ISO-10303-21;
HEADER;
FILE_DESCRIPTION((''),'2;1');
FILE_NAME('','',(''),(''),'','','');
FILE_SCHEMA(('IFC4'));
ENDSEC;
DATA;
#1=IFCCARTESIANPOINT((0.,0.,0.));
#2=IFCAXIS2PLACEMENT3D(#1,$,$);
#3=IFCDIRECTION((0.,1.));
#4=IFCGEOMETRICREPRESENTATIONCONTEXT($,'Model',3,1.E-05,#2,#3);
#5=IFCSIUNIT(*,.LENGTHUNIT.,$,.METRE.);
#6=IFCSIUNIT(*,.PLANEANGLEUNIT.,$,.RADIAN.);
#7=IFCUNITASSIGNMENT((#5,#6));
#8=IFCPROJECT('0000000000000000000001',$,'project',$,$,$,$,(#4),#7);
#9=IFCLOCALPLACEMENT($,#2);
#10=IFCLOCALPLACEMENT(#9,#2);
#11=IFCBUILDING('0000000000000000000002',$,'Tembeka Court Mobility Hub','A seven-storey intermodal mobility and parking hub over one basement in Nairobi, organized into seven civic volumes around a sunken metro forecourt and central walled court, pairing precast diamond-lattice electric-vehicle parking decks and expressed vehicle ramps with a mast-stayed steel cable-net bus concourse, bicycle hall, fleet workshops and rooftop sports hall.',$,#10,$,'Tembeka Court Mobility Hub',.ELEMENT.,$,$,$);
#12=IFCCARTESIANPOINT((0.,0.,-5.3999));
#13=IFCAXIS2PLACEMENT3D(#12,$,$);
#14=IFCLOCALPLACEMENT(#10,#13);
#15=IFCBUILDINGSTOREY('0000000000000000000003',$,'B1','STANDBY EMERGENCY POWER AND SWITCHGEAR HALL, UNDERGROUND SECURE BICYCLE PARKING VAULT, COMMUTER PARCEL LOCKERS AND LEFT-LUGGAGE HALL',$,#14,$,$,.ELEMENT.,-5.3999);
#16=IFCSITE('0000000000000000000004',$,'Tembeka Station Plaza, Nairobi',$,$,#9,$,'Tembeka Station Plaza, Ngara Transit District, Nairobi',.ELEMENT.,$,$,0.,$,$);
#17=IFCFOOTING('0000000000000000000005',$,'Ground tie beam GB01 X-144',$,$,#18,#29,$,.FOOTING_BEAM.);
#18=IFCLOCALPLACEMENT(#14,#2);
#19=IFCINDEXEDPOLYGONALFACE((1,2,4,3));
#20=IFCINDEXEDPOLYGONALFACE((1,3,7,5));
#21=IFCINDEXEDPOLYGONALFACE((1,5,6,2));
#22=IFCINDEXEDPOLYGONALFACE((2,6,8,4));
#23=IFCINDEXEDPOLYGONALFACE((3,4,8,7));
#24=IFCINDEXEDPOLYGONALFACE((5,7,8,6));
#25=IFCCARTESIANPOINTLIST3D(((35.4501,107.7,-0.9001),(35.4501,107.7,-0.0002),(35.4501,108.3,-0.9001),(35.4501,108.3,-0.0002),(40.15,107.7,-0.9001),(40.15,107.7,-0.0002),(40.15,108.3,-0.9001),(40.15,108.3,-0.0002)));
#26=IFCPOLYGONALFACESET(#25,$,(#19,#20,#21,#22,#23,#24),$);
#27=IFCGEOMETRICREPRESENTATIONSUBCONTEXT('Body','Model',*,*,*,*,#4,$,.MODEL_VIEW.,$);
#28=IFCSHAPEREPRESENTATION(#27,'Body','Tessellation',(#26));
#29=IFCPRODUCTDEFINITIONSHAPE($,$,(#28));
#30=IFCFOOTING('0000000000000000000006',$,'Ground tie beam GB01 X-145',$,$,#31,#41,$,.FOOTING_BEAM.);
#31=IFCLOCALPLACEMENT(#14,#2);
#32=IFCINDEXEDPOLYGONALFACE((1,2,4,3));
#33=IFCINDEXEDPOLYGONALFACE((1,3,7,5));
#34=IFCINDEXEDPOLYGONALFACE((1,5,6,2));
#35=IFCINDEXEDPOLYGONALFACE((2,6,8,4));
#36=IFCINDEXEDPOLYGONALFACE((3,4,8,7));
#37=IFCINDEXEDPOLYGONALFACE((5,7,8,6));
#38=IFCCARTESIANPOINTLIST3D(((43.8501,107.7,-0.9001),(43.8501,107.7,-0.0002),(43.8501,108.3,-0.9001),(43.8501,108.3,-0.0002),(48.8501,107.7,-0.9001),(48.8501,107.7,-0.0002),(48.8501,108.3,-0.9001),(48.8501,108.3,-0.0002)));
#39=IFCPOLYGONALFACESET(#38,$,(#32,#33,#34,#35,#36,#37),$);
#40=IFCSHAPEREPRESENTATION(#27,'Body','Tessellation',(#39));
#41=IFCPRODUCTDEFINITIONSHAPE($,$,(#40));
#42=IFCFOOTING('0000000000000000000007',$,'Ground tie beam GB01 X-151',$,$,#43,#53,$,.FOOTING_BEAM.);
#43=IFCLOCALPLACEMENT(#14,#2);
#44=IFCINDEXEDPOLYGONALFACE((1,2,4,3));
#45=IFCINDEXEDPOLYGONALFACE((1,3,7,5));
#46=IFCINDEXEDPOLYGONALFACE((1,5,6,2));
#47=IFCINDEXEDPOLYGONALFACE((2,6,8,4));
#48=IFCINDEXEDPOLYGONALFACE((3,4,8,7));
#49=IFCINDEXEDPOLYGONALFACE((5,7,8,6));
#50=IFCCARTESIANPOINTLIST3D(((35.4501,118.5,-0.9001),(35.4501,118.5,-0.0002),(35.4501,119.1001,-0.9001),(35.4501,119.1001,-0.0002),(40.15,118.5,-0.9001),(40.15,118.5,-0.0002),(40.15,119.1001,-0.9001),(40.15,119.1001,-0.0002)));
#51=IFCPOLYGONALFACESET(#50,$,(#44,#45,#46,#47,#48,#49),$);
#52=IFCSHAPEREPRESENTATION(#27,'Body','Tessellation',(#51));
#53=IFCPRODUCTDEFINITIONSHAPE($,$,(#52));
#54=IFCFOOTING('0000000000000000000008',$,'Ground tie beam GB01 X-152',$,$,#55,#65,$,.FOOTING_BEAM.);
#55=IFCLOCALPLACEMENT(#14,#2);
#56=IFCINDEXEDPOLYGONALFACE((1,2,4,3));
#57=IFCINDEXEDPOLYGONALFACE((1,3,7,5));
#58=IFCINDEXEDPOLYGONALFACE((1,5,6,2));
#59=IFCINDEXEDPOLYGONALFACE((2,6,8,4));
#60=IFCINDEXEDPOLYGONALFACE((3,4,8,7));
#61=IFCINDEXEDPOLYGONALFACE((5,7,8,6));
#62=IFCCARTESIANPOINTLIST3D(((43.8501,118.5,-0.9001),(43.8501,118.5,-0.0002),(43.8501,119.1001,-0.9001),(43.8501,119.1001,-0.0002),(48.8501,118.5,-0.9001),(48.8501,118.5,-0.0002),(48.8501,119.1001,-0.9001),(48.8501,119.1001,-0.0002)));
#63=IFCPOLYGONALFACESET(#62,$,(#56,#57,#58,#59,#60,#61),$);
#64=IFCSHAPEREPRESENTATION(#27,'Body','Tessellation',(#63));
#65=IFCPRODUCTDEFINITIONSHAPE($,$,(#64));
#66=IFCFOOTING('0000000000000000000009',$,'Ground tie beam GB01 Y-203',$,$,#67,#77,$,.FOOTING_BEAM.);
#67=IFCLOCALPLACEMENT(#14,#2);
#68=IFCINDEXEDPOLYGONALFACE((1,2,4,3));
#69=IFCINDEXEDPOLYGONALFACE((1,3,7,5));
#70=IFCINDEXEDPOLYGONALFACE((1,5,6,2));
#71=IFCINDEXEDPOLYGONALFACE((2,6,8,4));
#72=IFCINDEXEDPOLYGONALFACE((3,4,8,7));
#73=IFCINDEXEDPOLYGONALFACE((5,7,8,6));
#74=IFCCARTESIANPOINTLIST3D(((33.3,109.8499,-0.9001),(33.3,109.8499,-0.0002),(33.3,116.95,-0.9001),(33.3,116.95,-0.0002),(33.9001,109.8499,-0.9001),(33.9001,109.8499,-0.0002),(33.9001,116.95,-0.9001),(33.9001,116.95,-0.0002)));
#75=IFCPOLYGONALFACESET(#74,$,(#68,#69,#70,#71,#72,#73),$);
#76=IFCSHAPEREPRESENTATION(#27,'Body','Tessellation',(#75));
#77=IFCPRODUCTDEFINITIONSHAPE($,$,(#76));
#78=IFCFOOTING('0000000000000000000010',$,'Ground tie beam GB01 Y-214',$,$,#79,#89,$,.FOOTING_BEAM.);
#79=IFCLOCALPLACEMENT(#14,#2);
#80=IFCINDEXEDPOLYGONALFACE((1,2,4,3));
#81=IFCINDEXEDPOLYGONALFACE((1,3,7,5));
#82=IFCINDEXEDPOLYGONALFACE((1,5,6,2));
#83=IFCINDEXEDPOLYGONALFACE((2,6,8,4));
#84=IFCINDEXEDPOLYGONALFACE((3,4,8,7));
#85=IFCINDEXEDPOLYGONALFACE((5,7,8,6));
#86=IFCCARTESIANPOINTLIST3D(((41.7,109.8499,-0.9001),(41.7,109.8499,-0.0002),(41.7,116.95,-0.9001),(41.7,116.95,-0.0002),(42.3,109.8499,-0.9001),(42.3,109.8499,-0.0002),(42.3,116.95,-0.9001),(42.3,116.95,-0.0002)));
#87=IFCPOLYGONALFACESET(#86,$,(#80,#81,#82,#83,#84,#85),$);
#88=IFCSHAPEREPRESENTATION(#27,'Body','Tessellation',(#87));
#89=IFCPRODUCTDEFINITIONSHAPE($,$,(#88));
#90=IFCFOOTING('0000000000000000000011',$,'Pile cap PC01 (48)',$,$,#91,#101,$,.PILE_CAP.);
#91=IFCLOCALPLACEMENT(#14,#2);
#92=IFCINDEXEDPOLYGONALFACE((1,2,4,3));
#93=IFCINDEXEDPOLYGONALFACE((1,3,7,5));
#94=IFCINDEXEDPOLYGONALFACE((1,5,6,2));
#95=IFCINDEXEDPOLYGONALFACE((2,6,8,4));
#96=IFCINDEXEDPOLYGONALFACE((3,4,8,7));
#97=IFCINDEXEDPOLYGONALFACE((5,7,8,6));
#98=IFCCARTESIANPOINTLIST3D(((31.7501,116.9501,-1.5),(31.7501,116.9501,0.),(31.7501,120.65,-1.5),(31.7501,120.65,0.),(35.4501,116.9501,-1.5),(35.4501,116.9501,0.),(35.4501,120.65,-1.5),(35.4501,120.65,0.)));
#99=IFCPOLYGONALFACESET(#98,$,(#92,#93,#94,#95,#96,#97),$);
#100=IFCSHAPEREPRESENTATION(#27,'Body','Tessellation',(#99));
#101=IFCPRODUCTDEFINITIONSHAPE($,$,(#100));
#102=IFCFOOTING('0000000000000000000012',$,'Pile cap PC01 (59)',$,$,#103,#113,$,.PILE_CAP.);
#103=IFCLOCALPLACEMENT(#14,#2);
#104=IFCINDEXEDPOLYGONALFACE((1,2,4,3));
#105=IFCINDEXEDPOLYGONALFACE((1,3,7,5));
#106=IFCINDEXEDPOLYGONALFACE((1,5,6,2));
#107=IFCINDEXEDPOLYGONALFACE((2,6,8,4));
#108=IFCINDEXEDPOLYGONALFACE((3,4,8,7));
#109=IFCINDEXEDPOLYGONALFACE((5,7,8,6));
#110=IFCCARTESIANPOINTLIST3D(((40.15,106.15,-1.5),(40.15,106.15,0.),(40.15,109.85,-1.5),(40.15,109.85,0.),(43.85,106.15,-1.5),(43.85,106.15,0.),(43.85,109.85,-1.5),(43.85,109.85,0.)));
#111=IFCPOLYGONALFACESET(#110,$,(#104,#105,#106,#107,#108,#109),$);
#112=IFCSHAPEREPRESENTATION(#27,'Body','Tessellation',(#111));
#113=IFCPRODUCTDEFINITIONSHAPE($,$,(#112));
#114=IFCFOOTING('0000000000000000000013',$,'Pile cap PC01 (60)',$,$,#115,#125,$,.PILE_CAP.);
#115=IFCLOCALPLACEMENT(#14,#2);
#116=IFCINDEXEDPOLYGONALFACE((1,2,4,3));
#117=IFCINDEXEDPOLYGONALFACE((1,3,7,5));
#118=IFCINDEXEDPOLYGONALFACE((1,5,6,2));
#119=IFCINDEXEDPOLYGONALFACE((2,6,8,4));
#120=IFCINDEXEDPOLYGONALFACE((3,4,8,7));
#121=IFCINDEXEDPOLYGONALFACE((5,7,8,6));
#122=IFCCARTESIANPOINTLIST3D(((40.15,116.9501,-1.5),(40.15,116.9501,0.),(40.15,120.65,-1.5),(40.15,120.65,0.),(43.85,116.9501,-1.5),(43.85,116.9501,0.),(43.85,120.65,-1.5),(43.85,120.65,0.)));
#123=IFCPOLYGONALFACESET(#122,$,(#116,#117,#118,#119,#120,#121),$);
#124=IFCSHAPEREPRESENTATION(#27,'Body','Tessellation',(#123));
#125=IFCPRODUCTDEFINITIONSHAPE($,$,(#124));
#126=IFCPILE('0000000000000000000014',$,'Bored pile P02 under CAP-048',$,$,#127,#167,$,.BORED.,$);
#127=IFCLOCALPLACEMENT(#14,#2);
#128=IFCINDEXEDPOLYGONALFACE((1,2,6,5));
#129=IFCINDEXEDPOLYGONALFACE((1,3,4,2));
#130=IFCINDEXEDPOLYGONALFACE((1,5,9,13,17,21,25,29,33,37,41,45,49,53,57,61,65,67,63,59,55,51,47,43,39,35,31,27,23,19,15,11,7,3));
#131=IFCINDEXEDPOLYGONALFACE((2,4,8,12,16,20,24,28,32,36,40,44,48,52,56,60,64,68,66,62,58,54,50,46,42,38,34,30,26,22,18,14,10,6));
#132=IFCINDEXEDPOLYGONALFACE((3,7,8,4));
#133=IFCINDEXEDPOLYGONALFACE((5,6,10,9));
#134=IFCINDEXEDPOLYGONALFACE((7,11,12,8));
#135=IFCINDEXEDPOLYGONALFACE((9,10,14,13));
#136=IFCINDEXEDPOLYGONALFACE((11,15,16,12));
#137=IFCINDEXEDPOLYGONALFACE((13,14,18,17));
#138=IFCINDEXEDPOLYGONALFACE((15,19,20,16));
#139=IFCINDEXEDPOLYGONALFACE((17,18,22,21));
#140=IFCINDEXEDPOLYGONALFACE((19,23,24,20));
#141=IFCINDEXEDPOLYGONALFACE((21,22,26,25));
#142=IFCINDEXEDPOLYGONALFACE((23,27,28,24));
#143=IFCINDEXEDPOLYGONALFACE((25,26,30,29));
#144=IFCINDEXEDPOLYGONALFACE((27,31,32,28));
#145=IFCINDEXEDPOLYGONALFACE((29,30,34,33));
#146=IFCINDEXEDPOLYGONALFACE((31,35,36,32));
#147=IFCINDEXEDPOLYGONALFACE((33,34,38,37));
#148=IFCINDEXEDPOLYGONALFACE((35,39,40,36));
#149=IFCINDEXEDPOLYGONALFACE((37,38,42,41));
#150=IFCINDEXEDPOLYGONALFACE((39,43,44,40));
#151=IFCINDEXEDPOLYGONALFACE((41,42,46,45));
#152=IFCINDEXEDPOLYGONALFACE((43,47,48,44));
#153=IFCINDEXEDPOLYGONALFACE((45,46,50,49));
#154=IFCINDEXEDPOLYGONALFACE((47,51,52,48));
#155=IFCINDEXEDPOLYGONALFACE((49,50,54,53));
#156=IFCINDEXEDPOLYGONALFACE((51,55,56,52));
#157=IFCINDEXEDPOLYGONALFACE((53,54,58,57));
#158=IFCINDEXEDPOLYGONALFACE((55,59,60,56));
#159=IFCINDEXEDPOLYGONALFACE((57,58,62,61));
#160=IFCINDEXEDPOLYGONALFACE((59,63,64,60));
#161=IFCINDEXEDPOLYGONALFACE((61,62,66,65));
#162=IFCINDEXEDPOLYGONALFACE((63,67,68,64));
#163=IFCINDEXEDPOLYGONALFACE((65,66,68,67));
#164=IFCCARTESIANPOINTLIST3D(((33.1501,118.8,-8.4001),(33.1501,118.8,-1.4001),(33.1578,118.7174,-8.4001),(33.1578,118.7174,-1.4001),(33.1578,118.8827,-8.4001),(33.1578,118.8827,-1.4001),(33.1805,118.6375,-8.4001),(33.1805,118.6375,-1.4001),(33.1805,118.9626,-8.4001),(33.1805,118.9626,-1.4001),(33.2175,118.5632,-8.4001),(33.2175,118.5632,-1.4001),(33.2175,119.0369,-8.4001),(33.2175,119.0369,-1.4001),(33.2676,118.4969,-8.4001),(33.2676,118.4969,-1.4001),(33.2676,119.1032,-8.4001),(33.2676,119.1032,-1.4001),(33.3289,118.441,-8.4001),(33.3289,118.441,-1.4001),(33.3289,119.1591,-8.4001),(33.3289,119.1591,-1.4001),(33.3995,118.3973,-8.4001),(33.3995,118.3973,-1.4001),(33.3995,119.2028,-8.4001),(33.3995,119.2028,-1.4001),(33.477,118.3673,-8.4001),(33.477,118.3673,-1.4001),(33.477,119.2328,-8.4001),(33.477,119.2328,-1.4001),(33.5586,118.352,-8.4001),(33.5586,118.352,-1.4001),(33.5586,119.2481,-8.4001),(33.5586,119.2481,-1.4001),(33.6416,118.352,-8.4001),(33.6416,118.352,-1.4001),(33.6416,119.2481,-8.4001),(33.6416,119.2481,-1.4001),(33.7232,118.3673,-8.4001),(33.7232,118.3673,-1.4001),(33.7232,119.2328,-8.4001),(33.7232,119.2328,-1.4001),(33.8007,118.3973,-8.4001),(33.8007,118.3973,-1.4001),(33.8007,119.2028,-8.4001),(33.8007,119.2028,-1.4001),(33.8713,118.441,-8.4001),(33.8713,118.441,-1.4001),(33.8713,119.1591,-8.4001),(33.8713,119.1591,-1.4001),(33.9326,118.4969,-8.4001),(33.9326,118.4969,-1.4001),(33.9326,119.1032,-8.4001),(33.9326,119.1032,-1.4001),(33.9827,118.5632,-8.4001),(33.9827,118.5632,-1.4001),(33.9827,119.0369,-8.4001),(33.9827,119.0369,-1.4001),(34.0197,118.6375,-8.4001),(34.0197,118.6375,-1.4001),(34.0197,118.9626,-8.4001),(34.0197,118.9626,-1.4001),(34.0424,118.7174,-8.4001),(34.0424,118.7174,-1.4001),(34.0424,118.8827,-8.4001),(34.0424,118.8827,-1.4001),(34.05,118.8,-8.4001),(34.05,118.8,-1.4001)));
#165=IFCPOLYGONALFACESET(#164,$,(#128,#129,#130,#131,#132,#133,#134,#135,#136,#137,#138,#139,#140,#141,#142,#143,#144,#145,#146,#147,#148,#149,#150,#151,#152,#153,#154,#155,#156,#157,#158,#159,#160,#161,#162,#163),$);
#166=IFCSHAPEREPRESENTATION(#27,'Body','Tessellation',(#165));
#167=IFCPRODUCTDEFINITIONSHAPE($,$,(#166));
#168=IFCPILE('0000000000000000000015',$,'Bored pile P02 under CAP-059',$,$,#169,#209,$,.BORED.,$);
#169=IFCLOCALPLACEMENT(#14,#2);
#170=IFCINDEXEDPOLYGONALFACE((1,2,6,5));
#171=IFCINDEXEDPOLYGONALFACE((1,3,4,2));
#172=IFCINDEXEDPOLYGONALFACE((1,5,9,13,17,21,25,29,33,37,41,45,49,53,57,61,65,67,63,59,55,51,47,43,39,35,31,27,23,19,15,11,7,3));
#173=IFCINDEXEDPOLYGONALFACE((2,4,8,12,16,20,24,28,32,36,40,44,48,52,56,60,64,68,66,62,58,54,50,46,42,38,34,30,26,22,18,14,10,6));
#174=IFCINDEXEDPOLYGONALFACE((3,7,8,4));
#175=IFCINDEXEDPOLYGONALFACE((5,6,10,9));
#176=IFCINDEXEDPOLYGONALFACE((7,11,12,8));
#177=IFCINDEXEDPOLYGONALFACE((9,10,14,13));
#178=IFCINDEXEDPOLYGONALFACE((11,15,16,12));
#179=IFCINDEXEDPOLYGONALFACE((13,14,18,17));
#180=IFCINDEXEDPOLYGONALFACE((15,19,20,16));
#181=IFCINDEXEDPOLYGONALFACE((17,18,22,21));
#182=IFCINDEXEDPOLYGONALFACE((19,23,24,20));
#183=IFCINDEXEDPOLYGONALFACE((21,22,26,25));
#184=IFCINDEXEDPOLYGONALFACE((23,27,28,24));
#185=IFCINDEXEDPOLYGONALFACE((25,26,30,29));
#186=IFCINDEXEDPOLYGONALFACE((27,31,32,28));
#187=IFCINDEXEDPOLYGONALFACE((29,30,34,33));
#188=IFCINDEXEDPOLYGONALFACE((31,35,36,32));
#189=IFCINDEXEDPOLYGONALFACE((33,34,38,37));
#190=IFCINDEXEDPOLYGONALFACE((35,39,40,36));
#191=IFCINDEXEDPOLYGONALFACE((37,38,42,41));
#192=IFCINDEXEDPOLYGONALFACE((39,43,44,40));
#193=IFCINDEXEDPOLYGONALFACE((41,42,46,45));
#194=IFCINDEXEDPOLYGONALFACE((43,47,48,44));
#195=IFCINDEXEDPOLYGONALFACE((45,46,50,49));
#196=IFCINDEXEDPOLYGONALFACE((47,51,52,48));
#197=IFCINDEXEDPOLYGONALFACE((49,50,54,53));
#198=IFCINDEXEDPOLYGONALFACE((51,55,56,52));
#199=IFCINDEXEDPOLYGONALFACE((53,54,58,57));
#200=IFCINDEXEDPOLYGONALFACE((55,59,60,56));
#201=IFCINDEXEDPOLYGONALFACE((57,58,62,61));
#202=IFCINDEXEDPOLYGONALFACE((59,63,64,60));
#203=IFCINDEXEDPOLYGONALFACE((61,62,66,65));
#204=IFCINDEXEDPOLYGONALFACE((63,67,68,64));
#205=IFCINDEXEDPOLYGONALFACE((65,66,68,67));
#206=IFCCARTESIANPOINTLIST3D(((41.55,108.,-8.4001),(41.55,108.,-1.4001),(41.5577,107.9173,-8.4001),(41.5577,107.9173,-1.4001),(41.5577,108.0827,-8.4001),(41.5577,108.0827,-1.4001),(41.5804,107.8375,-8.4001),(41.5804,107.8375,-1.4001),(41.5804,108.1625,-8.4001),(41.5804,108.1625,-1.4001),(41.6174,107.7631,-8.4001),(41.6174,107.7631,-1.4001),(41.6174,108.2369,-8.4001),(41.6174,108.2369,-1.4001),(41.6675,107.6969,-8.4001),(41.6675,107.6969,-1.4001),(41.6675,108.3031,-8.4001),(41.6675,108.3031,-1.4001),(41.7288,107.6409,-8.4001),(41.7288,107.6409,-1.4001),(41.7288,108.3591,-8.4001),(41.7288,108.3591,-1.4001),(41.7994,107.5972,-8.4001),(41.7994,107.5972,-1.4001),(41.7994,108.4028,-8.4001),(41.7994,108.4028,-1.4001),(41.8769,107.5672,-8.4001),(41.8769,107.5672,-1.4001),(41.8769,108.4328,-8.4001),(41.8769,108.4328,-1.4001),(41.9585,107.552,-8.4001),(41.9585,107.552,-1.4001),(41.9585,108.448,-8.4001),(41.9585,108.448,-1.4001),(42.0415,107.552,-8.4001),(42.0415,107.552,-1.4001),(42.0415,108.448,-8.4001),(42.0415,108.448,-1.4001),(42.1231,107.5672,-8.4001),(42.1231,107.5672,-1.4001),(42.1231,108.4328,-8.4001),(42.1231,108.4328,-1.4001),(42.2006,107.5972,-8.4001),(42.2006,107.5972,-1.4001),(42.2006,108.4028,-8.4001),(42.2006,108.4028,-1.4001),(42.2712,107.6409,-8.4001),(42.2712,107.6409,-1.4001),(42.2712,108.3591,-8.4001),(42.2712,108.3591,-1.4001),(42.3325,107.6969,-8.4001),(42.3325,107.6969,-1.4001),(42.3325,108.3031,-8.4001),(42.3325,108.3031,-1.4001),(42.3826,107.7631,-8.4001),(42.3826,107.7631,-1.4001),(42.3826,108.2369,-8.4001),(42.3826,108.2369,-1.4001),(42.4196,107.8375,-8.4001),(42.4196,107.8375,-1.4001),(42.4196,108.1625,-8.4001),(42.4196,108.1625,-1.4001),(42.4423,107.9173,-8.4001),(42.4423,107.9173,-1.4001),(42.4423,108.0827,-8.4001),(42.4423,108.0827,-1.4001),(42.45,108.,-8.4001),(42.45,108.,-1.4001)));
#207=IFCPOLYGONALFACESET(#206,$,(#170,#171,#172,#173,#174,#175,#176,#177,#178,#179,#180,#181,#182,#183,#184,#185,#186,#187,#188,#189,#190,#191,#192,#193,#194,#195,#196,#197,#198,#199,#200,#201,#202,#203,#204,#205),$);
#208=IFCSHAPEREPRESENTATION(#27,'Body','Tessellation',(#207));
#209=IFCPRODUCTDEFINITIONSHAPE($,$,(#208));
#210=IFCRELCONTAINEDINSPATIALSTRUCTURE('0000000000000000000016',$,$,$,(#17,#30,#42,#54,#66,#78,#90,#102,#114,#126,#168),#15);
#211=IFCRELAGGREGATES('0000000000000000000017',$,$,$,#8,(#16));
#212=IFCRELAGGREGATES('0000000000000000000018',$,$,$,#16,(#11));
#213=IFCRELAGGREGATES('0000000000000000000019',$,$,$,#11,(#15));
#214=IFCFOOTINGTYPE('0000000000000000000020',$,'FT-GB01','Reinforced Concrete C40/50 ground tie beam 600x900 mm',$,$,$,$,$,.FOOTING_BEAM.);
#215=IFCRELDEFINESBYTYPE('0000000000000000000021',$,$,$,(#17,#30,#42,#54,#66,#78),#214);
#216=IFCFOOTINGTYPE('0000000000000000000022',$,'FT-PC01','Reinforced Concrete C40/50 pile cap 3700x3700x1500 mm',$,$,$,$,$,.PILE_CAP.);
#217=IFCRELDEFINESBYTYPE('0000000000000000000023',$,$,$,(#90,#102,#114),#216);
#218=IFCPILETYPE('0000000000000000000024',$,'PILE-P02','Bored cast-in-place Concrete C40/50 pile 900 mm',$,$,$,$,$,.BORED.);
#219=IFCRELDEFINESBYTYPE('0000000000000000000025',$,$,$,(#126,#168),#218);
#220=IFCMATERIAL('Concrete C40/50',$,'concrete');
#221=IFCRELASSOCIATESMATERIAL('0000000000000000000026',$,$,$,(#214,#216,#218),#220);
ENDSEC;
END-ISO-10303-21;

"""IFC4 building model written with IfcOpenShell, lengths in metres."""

from ifc_helpers import new_model, si_unit, direction, frame, origin, origin_2d, place, context, subcontext, project, spatial, rectangle, circle, extrude, material, material_profile, profile_set, type_object, element, save


model = new_model("IFC4")

# Units and contexts
model_context = context("Model", 3, precision=1e-05, world=origin(), true_north=direction((0.0, 1.0)))
body_context = subcontext(model_context, "Body", "Model", "MODEL_VIEW")
ifc_project = project(units=[si_unit("LENGTHUNIT", "METRE"), si_unit("PLANEANGLEUNIT", "RADIAN")], contexts=[model_context])

# Site, building, storey
site_placement = place(None, origin())
site = spatial("IfcSite", under=ifc_project, at=site_placement, Name="Tembeka Station Plaza, Nairobi", LongName="Tembeka Station Plaza, Ngara Transit District, Nairobi", CompositionType="ELEMENT", RefElevation=0.0)
building_placement = place(site_placement, origin())
building = spatial("IfcBuilding", under=site, at=building_placement, Name="Tembeka Court Mobility Hub", Description="A seven-storey intermodal mobility and parking hub over one basement in Nairobi, organized into seven civic volumes around a sunken metro forecourt and central walled court, pairing precast diamond-lattice electric-vehicle parking decks and expressed vehicle ramps with a mast-stayed steel cable-net bus concourse, bicycle hall, fleet workshops and rooftop sports hall.", LongName="Tembeka Court Mobility Hub", CompositionType="ELEMENT")
storey_placement = place(building_placement, frame((0.0, 0.0, -5.3999)))
storey = spatial("IfcBuildingStorey", under=building, at=storey_placement, Name="B1", Description="STANDBY EMERGENCY POWER AND SWITCHGEAR HALL, UNDERGROUND SECURE BICYCLE PARKING VAULT, COMMUTER PARCEL LOCKERS AND LEFT-LUGGAGE HALL", CompositionType="ELEMENT", Elevation=-5.3999)

# Footings
ifc_material_1 = material(Name="Concrete C40/50", Category="concrete")
footing_type_1 = type_object("IfcFootingType", Name="FT-GB01", Description="Reinforced Concrete C40/50 ground tie beam 600x900 mm", PredefinedType="FOOTING_BEAM", material=ifc_material_1)
footing_1_placement = place(storey_placement, frame((37.8, 108.0, -0.9001), z_axis=(0.0, 0.0, 1.0), x_axis=(1.0, 0.0, 0.0)))
element("IfcFooting", 1, at=footing_1_placement, inside=storey, type_object=footing_type_1, Name="Ground tie beam GB01 X-144", PredefinedType="FOOTING_BEAM", context=body_context, shape_type="SweptSolid", body=[
    extrude(rectangle(XDim=4.7, YDim=0.6001, at=origin_2d()), origin(), (0.0, 0.0, 1.0), 0.8999),
])
footing_2_placement = place(storey_placement, frame((46.3501, 108.0, -0.9001), z_axis=(0.0, 0.0, 1.0), x_axis=(1.0, 0.0, 0.0)))
element("IfcFooting", 2, at=footing_2_placement, inside=storey, type_object=footing_type_1, Name="Ground tie beam GB01 X-145", PredefinedType="FOOTING_BEAM", context=body_context, shape_type="SweptSolid", body=[
    extrude(rectangle(XDim=5.0, YDim=0.6001, at=origin_2d()), origin(), (0.0, 0.0, 1.0), 0.8999),
])
footing_3_placement = place(storey_placement, frame((37.8, 118.8, -0.9001), z_axis=(0.0, 0.0, 1.0), x_axis=(1.0, 0.0, 0.0)))
element("IfcFooting", 3, at=footing_3_placement, inside=storey, type_object=footing_type_1, Name="Ground tie beam GB01 X-151", PredefinedType="FOOTING_BEAM", context=body_context, shape_type="SweptSolid", body=[
    extrude(rectangle(XDim=4.7, YDim=0.6001, at=origin_2d()), origin(), (0.0, 0.0, 1.0), 0.8999),
])
footing_4_placement = place(storey_placement, frame((46.3501, 118.8, -0.9001), z_axis=(0.0, 0.0, 1.0), x_axis=(1.0, 0.0, 0.0)))
element("IfcFooting", 4, at=footing_4_placement, inside=storey, type_object=footing_type_1, Name="Ground tie beam GB01 X-152", PredefinedType="FOOTING_BEAM", context=body_context, shape_type="SweptSolid", body=[
    extrude(rectangle(XDim=5.0, YDim=0.6001, at=origin_2d()), origin(), (0.0, 0.0, 1.0), 0.8999),
])
for number, where, z_axis, x_axis, name in (
    (5, (33.6001, 113.3999, -0.9001), (0.0, 0.0, 1.0), (0.0, 1.0, 0.0), "Ground tie beam GB01 Y-203"),
    (6, (42.0, 113.3999, -0.9001), (0.0, 0.0, 1.0), (0.0, 1.0, 0.0), "Ground tie beam GB01 Y-214"),
):
    element("IfcFooting", number, at=place(storey_placement, frame(where, z_axis=z_axis, x_axis=x_axis)), inside=storey, type_object=footing_type_1, Name=name, PredefinedType="FOOTING_BEAM", context=body_context, shape_type="SweptSolid", body=[
        extrude(rectangle(XDim=7.1001, YDim=0.6001, at=origin_2d()), origin(), (0.0, 0.0, 1.0), 0.8999),
    ])
footing_type_2 = type_object("IfcFootingType", Name="FT-PC01", Description="Reinforced Concrete C40/50 pile cap 3700x3700x1500 mm", PredefinedType="PILE_CAP", material=ifc_material_1)
for number, where, z_axis, x_axis, name in (
    (7, (33.6001, 118.8, -1.5), (0.0, 0.0, 1.0), (1.0, 0.0, 0.0), "Pile cap PC01 (48)"),
    (8, (42.0, 108.0, -1.5), (0.0, 0.0, 1.0), (1.0, 0.0, 0.0), "Pile cap PC01 (59)"),
    (9, (42.0, 118.8, -1.5), (0.0, 0.0, 1.0), (1.0, 0.0, 0.0), "Pile cap PC01 (60)"),
):
    element("IfcFooting", number, at=place(storey_placement, frame(where, z_axis=z_axis, x_axis=x_axis)), inside=storey, type_object=footing_type_2, Name=name, PredefinedType="PILE_CAP", context=body_context, shape_type="SweptSolid", body=[
        extrude(rectangle(XDim=3.7, YDim=3.7, at=origin_2d()), origin(), (0.0, 0.0, 1.0), 1.5),
    ])

# Piles
ifc_material_profile_1 = material_profile(ifc_material_1, circle(Radius=0.45, at=origin_2d()), Name="PILE D900")
ifc_profile_set_1 = profile_set([ifc_material_profile_1], Name="Concrete C40/50")
pile_type = type_object("IfcPileType", Name="PILE-P02", Description="Bored cast-in-place Concrete C40/50 pile 900 mm", PredefinedType="BORED", material=ifc_profile_set_1)
for number, where, z_axis, x_axis, name in (
    (10, (33.6001, 118.8, -1.4001), (0.0, 0.0, -1.0), (1.0, 0.0, 0.0), "Bored pile P02 under CAP-048"),
    (11, (42.0, 108.0, -1.4001), (0.0, 0.0, -1.0), (1.0, 0.0, 0.0), "Bored pile P02 under CAP-059"),
):
    element("IfcPile", number, at=place(storey_placement, frame(where, z_axis=z_axis, x_axis=x_axis)), inside=storey, type_object=pile_type, Name=name, PredefinedType="BORED", context=body_context, shape_type="SweptSolid", body=[
        extrude(circle(Radius=0.45, at=origin_2d()), origin(), (0.0, 0.0, 1.0), 7.0),
    ])

save(model, "model.ifc")
